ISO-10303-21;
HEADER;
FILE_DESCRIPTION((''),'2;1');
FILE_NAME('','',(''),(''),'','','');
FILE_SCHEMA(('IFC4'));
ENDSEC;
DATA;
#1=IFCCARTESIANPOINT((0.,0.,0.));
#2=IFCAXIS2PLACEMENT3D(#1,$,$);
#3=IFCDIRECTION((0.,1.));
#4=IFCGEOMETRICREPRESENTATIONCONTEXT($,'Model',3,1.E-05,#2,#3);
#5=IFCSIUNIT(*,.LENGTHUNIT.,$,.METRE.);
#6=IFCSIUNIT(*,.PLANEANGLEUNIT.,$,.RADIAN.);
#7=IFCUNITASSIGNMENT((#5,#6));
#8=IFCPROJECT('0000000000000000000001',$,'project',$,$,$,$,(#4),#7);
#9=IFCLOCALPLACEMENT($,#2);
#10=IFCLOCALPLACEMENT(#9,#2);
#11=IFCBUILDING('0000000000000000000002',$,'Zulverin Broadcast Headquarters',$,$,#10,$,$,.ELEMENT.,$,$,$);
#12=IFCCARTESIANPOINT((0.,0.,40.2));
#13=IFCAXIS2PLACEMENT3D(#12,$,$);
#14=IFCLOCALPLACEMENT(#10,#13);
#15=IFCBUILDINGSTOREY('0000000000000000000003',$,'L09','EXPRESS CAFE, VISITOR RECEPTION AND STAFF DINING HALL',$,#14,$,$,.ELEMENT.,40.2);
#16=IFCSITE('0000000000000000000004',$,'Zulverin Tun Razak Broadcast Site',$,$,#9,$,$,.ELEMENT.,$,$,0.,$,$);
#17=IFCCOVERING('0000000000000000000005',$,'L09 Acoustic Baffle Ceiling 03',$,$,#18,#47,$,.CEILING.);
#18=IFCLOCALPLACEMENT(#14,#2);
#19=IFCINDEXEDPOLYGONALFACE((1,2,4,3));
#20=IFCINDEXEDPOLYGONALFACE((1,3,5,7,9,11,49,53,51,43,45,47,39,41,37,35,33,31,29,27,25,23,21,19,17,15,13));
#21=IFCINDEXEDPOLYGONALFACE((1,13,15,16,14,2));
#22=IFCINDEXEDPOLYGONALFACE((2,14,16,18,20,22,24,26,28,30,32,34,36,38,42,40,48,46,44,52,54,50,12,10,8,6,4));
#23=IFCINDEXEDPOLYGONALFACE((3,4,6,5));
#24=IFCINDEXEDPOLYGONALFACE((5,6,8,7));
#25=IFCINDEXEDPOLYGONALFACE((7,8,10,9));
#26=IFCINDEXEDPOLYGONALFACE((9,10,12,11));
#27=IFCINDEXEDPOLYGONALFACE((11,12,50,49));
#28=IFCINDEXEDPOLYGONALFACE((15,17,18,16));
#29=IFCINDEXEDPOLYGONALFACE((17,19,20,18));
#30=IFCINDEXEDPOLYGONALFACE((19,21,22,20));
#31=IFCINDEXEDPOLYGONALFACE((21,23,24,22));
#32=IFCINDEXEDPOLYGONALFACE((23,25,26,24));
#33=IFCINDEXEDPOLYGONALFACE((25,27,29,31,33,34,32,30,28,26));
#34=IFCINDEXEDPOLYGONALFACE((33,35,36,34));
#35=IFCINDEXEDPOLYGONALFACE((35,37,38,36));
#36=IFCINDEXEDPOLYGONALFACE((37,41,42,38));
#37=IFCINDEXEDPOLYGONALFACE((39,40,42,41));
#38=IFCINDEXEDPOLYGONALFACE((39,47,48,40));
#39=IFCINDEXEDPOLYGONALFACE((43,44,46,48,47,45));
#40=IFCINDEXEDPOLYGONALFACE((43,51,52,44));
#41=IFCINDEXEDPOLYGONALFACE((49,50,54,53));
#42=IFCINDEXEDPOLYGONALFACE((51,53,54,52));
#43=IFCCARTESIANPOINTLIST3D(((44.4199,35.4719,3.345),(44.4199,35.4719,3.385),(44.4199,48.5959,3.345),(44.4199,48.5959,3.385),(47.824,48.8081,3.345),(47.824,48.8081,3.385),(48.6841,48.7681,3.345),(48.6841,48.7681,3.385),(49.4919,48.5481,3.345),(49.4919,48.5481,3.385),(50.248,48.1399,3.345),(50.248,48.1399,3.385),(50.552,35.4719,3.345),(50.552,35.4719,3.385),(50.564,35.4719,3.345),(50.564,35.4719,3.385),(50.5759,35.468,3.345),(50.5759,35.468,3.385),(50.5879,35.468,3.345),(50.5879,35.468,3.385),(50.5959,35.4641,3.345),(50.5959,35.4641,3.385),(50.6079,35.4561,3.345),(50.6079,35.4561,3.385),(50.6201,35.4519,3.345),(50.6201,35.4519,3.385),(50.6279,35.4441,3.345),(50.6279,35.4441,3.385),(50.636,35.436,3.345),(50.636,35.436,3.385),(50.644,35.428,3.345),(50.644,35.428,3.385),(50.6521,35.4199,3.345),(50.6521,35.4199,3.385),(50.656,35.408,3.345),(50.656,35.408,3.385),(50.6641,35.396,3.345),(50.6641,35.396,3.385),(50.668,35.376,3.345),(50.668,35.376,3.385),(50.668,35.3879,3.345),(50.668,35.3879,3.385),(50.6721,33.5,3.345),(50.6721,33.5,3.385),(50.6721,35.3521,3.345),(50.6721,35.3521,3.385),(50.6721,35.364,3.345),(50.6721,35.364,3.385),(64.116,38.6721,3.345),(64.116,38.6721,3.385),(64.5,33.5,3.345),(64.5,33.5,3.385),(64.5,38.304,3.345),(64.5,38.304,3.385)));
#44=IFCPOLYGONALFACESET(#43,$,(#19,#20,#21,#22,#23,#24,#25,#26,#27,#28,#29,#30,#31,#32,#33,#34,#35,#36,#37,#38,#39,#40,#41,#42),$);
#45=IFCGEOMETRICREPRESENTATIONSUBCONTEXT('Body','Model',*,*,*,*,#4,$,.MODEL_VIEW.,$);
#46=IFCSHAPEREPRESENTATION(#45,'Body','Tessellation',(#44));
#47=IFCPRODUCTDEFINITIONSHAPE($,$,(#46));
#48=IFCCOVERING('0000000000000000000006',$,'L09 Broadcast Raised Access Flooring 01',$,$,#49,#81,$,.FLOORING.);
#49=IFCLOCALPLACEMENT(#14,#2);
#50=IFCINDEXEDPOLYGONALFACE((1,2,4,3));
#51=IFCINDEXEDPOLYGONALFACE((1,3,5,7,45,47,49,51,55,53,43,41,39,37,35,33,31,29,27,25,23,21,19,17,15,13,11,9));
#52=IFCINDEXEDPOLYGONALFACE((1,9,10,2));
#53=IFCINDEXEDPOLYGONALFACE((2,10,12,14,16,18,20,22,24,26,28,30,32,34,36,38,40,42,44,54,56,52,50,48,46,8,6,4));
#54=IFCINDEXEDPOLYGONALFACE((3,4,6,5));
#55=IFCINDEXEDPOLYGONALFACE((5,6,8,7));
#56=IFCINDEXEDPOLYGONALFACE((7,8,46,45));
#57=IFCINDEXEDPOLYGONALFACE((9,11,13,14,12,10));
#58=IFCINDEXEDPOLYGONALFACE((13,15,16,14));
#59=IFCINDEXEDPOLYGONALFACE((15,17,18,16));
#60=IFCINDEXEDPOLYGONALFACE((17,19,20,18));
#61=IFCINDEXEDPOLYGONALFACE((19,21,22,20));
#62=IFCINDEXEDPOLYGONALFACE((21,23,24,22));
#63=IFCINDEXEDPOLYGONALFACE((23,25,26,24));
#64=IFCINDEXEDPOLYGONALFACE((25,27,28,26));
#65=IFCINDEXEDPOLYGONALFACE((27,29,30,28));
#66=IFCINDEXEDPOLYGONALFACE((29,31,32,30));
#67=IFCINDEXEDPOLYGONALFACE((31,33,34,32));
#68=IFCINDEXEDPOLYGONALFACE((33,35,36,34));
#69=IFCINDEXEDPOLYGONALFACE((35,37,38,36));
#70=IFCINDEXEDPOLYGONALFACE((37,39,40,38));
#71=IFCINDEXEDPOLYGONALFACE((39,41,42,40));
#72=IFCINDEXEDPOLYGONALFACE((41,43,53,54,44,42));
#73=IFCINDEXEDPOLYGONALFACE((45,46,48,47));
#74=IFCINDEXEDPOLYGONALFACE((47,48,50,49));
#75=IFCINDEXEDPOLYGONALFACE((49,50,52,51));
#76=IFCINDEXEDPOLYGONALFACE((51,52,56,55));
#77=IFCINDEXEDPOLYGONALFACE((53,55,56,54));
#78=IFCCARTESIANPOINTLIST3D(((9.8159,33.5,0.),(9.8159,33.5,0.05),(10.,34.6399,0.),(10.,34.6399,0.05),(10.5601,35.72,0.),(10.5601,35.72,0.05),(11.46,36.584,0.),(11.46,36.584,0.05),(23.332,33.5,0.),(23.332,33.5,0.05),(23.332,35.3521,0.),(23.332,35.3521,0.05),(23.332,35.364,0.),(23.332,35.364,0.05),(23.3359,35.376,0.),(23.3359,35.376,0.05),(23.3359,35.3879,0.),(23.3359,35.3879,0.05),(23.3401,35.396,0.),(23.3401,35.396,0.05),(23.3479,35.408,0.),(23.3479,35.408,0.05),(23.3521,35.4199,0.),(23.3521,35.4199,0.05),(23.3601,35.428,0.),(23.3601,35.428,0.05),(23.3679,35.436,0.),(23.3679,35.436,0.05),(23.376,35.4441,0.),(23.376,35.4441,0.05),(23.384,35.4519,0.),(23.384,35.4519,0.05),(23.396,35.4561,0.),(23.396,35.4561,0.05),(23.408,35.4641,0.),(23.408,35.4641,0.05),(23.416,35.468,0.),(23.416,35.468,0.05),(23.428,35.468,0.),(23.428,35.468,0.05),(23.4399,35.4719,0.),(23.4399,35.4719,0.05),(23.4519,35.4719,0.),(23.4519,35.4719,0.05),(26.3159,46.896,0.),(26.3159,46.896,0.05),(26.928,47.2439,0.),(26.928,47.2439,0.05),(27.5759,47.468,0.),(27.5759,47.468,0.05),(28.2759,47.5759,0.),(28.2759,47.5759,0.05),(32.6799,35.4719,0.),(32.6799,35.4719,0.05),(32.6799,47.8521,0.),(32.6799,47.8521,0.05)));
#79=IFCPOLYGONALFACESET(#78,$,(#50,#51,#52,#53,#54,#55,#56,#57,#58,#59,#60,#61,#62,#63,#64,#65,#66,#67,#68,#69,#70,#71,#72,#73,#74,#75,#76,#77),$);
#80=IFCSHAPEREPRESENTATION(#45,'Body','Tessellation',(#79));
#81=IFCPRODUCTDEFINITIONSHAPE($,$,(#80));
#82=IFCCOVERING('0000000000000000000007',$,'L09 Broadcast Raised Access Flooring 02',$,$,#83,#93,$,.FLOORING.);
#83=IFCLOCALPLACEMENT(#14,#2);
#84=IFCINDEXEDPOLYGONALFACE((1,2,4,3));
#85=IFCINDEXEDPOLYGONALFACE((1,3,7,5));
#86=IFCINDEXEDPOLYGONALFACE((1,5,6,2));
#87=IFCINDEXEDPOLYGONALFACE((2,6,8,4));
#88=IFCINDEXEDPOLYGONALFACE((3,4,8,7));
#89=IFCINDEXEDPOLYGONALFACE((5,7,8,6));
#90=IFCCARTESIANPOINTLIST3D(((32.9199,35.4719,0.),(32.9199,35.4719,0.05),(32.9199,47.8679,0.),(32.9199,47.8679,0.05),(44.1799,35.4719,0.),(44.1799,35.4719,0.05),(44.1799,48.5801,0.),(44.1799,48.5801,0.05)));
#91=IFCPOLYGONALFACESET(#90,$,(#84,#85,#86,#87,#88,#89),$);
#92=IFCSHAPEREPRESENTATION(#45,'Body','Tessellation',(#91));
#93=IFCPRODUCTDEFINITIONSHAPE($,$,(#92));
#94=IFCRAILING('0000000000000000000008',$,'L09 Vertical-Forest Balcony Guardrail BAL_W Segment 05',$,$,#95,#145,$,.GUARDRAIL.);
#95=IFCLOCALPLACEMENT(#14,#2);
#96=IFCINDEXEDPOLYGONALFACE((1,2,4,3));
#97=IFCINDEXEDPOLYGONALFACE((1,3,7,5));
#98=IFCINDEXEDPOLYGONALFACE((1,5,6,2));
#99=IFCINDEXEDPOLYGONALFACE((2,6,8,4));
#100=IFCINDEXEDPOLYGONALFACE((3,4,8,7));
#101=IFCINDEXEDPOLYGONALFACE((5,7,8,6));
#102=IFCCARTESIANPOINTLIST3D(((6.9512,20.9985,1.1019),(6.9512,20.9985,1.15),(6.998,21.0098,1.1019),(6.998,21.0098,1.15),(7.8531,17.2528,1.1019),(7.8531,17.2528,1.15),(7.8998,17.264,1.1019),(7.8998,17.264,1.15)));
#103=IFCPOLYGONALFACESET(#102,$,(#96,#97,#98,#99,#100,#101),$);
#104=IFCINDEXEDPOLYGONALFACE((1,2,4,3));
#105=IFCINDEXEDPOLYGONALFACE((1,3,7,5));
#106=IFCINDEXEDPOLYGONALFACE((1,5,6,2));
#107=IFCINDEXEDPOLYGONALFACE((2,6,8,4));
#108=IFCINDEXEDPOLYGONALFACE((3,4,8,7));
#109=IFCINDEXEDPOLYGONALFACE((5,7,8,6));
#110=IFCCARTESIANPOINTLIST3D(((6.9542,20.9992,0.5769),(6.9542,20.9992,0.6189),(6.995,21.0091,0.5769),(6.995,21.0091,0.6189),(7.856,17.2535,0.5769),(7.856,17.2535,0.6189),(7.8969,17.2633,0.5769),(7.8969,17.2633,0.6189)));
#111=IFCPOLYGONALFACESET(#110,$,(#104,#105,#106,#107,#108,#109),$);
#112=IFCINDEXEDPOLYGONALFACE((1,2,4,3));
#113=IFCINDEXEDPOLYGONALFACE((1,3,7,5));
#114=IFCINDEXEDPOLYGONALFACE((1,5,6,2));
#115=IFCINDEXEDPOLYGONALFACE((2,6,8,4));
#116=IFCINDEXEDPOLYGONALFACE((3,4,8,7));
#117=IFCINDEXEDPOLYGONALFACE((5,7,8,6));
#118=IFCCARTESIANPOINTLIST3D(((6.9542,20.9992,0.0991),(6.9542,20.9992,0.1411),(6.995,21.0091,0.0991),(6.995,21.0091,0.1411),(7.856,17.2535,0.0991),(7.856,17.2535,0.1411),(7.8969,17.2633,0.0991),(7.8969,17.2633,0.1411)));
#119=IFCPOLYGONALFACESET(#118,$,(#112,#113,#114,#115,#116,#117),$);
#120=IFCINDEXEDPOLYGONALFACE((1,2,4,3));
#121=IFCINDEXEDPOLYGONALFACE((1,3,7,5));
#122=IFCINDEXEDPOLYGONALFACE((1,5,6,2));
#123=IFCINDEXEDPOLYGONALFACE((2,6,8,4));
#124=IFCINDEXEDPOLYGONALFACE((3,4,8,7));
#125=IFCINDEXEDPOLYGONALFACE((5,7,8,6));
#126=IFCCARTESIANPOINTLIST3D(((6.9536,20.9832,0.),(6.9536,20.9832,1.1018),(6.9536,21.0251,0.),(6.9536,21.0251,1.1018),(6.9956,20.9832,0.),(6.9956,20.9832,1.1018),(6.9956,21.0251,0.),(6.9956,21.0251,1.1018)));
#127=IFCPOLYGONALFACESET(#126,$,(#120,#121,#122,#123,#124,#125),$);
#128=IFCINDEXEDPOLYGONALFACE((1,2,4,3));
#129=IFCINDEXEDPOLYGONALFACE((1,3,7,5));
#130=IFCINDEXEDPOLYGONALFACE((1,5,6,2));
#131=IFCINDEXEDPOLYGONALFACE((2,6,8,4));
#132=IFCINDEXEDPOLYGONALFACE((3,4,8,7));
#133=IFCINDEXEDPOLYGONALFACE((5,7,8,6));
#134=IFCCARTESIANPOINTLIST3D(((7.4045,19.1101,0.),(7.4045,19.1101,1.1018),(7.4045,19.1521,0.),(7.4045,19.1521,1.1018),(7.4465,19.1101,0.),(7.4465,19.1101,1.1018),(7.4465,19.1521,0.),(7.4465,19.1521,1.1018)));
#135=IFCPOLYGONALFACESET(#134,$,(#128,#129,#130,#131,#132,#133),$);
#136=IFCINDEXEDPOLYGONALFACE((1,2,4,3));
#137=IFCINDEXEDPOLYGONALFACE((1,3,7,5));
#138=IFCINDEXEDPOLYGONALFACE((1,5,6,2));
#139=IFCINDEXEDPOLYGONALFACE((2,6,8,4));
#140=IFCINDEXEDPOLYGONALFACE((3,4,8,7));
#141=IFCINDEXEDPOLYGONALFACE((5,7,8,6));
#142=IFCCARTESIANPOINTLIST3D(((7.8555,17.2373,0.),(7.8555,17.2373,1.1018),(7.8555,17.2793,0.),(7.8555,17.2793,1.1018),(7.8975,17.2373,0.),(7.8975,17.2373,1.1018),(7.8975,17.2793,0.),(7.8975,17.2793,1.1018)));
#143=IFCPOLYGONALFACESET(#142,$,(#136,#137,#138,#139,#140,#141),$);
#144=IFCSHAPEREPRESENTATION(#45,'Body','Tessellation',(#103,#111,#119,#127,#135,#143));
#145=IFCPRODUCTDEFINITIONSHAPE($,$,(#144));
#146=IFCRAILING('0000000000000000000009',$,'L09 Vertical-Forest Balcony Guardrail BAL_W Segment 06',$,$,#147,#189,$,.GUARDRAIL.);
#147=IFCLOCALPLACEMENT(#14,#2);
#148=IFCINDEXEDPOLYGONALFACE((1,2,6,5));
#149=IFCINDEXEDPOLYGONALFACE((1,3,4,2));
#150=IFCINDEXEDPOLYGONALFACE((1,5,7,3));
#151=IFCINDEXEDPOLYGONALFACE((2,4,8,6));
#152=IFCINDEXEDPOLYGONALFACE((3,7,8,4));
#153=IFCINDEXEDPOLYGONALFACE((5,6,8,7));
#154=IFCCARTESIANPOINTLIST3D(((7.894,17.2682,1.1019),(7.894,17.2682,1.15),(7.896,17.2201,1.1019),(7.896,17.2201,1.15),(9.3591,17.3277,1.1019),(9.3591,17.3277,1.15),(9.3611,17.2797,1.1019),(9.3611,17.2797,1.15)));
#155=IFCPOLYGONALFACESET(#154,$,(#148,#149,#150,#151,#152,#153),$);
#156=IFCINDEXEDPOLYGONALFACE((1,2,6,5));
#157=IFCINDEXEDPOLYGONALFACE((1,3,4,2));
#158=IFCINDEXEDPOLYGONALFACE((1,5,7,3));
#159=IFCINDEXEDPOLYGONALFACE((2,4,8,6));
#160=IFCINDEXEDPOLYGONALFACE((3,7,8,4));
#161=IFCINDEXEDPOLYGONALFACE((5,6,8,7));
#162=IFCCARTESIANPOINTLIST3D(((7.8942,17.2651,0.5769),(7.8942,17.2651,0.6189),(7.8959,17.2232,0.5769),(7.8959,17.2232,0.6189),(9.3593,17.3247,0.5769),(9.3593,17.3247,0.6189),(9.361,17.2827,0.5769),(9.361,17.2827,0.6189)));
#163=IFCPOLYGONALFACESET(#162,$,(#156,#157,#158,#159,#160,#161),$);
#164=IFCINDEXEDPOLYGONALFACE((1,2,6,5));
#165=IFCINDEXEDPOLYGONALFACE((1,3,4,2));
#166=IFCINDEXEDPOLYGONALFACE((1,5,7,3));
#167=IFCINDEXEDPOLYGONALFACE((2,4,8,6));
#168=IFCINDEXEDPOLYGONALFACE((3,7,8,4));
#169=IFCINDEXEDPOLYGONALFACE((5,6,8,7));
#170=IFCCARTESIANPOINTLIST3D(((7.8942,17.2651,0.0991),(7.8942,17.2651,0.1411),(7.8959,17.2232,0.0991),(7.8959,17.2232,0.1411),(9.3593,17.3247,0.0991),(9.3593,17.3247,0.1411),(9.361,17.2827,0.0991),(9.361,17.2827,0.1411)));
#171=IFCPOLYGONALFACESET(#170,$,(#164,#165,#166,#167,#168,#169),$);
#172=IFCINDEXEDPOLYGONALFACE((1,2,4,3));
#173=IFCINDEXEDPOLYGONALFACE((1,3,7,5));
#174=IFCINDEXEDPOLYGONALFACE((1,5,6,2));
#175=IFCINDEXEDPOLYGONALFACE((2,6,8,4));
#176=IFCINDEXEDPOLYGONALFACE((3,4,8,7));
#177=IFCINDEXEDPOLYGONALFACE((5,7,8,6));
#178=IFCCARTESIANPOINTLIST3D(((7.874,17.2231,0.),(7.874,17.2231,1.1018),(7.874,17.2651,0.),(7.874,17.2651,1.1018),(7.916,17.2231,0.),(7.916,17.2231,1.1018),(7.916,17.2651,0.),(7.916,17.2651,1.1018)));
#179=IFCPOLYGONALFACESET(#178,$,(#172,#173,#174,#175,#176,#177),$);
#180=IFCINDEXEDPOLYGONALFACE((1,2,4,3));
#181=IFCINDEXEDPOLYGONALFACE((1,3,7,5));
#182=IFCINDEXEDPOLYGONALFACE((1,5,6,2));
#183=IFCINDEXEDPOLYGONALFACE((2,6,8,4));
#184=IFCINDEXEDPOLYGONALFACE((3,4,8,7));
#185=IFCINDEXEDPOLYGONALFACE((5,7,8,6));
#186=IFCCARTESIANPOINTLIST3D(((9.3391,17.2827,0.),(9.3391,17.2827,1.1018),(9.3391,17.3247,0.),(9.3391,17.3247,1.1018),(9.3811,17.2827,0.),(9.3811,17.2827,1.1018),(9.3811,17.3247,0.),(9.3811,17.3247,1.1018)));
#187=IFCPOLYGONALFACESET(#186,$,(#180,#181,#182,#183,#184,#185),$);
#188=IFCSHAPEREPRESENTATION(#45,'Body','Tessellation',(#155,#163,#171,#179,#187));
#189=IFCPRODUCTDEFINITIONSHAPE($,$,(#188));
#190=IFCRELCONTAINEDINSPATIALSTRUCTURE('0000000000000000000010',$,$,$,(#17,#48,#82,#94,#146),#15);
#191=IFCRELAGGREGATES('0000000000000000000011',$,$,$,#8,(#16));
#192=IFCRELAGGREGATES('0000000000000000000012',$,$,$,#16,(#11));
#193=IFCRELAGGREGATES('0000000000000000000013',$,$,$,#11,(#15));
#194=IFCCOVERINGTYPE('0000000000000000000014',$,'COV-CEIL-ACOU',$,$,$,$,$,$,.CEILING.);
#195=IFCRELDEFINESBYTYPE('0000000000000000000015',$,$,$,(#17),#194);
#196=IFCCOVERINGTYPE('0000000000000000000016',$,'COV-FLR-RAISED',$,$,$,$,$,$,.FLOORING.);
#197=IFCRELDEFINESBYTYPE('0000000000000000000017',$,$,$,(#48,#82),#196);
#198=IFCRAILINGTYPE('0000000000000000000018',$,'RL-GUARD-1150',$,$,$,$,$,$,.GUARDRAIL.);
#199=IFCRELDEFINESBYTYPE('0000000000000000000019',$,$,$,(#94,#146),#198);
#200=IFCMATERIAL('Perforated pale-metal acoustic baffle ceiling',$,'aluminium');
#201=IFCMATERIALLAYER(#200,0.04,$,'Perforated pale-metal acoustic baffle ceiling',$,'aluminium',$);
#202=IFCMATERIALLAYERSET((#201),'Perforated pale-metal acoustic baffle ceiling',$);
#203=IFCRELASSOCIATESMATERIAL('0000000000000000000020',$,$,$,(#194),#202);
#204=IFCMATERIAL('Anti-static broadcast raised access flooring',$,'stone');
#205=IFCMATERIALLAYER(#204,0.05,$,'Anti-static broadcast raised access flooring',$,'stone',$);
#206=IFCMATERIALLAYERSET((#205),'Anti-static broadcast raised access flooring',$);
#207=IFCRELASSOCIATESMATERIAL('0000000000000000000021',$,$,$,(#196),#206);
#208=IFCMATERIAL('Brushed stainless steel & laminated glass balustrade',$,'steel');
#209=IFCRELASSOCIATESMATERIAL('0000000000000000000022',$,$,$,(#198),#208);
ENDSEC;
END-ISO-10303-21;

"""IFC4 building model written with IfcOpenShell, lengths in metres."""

from ifc_helpers import new_model, si_unit, direction, frame, origin, origin_2d, place, context, subcontext, project, spatial, polyline, rectangle, outline, extrude, material, layer, layer_set, type_object, element, save


model = new_model("IFC4")

# Units and contexts
model_context = context("Model", 3, precision=1e-05, world=origin(), true_north=direction((0.0, 1.0)))
body_context = subcontext(model_context, "Body", "Model", "MODEL_VIEW")
ifc_project = project(units=[si_unit("LENGTHUNIT", "METRE"), si_unit("PLANEANGLEUNIT", "RADIAN")], contexts=[model_context])

# Site, building, storey
site_placement = place(None, origin())
site = spatial("IfcSite", under=ifc_project, at=site_placement, Name="Zulverin Tun Razak Broadcast Site", CompositionType="ELEMENT", RefElevation=0.0)
building_placement = place(site_placement, origin())
building = spatial("IfcBuilding", under=site, at=building_placement, Name="Zulverin Broadcast Headquarters", CompositionType="ELEMENT")
storey_placement = place(building_placement, frame((0.0, 0.0, 40.2)))
storey = spatial("IfcBuildingStorey", under=building, at=storey_placement, Name="L09", Description="EXPRESS CAFE, VISITOR RECEPTION AND STAFF DINING HALL", CompositionType="ELEMENT", Elevation=40.2)

# Coverings
ifc_material_1 = material(Name="Perforated pale-metal acoustic baffle ceiling", Category="aluminium")
ifc_layer_1 = layer(ifc_material_1, 0.04, Name="Perforated pale-metal acoustic baffle ceiling", Category="aluminium")
ifc_layer_set_1 = layer_set([ifc_layer_1], Name="Perforated pale-metal acoustic baffle ceiling")
covering_type_1 = type_object("IfcCoveringType", Name="COV-CEIL-ACOU", PredefinedType="CEILING", material=ifc_layer_set_1)
covering_1_placement = place(storey_placement, frame((0.0, 0.0, 3.345)))
element("IfcCovering", 1, at=covering_1_placement, inside=storey, type_object=covering_type_1, Name="L09 Acoustic Baffle Ceiling 03", PredefinedType="CEILING", context=body_context, shape_type="SweptSolid", body=[
    extrude(outline(polyline([(64.5, 38.304), (64.116, 38.6721), (50.248, 48.1399), (49.4919, 48.5481), (48.6841, 48.7681), (47.824, 48.8081), (44.4199, 48.5959), (44.4199, 35.4719), (50.552, 35.4719), (50.564, 35.4719), (50.5759, 35.468), (50.5879, 35.468), (50.5959, 35.4641), (50.6079, 35.4561), (50.6201, 35.4519), (50.6279, 35.4441), (50.636, 35.436), (50.644, 35.428), (50.6521, 35.4199), (50.656, 35.408), (50.6641, 35.396), (50.668, 35.3879), (50.668, 35.376), (50.6721, 35.364), (50.6721, 35.3521), (50.6721, 33.5), (64.5, 33.5), (64.5, 38.304)])), origin(), (0.0, 0.0, 1.0), 0.04),
])
ifc_material_2 = material(Name="Anti-static broadcast raised access flooring", Category="stone")
ifc_layer_2 = layer(ifc_material_2, 0.05, Name="Anti-static broadcast raised access flooring", Category="stone")
ifc_layer_set_2 = layer_set([ifc_layer_2], Name="Anti-static broadcast raised access flooring")
covering_type_2 = type_object("IfcCoveringType", Name="COV-FLR-RAISED", PredefinedType="FLOORING", material=ifc_layer_set_2)
covering_2_placement = place(storey_placement, origin())
element("IfcCovering", 2, at=covering_2_placement, inside=storey, type_object=covering_type_2, Name="L09 Broadcast Raised Access Flooring 01", PredefinedType="FLOORING", context=body_context, shape_type="SweptSolid", body=[
    extrude(outline(polyline([(11.46, 36.584), (10.5601, 35.72), (10.0, 34.6399), (9.8159, 33.5), (23.332, 33.5), (23.332, 35.3521), (23.332, 35.364), (23.3359, 35.376), (23.3359, 35.3879), (23.3401, 35.396), (23.3479, 35.408), (23.3521, 35.4199), (23.3601, 35.428), (23.3679, 35.436), (23.376, 35.4441), (23.384, 35.4519), (23.396, 35.4561), (23.408, 35.4641), (23.416, 35.468), (23.428, 35.468), (23.4399, 35.4719), (23.4519, 35.4719), (32.6799, 35.4719), (32.6799, 47.8521), (28.2759, 47.5759), (27.5759, 47.468), (26.928, 47.2439), (26.3159, 46.896), (11.46, 36.584)])), origin(), (0.0, 0.0, 1.0), 0.05),
])
covering_3_placement = place(storey_placement, origin())
element("IfcCovering", 3, at=covering_3_placement, inside=storey, type_object=covering_type_2, Name="L09 Broadcast Raised Access Flooring 02", PredefinedType="FLOORING", context=body_context, shape_type="SweptSolid", body=[
    extrude(outline(polyline([(44.1799, 35.4719), (44.1799, 48.5801), (32.9199, 47.8679), (32.9199, 35.4719), (44.1799, 35.4719)])), origin(), (0.0, 0.0, 1.0), 0.05),
])

# Railings
ifc_material_3 = material(Name="Brushed stainless steel & laminated glass balustrade", Category="steel")
railing_type = type_object("IfcRailingType", Name="RL-GUARD-1150", PredefinedType="GUARDRAIL", material=ifc_material_3)
railing_1_placement = place(storey_placement, frame((6.9746, 21.0042, 0.0)))
element("IfcRailing", 4, at=railing_1_placement, inside=storey, type_object=railing_type, Name="L09 Vertical-Forest Balcony Guardrail BAL_W Segment 05", PredefinedType="GUARDRAIL", context=body_context, shape_type="SweptSolid", body=[
    extrude(rectangle(XDim=0.0481, YDim=0.0481, at=origin_2d()), frame((0.0, 0.0, 1.126), z_axis=(0.234073, -0.972219, 0.0), x_axis=(0.972219, 0.234073, 0.0)), (0.0, 0.0, 1.0), 3.8528),
    extrude(rectangle(XDim=0.042, YDim=0.042, at=origin_2d()), frame((0.0, 0.0, 0.5979), z_axis=(0.234073, -0.972219, 0.0), x_axis=(0.972219, 0.234073, 0.0)), (0.0, 0.0, 1.0), 3.8528),
    extrude(rectangle(XDim=0.042, YDim=0.042, at=origin_2d()), frame((0.0, 0.0, 0.1201), z_axis=(0.234073, -0.972219, 0.0), x_axis=(0.972219, 0.234073, 0.0)), (0.0, 0.0, 1.0), 3.8528),
    extrude(rectangle(XDim=0.042, YDim=0.042, at=origin_2d()), origin(), (0.0, 0.0, 1.0), 1.1018),
    extrude(rectangle(XDim=0.042, YDim=0.042, at=origin_2d()), frame((0.4509, -1.873, 0.0)), (0.0, 0.0, 1.0), 1.1018),
    extrude(rectangle(XDim=0.042, YDim=0.042, at=origin_2d()), frame((0.9019, -3.7458, 0.0)), (0.0, 0.0, 1.0), 1.1018),
])
railing_2_placement = place(storey_placement, frame((7.895, 17.2441, 0.0)))
element("IfcRailing", 5, at=railing_2_placement, inside=storey, type_object=railing_type, Name="L09 Vertical-Forest Balcony Guardrail BAL_W Segment 06", PredefinedType="GUARDRAIL", context=body_context, shape_type="SweptSolid", body=[
    extrude(rectangle(XDim=0.0481, YDim=0.0481, at=origin_2d()), frame((0.0, 0.0, 1.126), z_axis=(0.999174, 0.040626, 0.0), x_axis=(-0.040626, 0.999174, 0.0)), (0.0, 0.0, 1.0), 1.4663),
    extrude(rectangle(XDim=0.042, YDim=0.042, at=origin_2d()), frame((0.0, 0.0, 0.5979), z_axis=(0.999174, 0.040626, 0.0), x_axis=(-0.040626, 0.999174, 0.0)), (0.0, 0.0, 1.0), 1.4663),
    extrude(rectangle(XDim=0.042, YDim=0.042, at=origin_2d()), frame((0.0, 0.0, 0.1201), z_axis=(0.999174, 0.040626, 0.0), x_axis=(-0.040626, 0.999174, 0.0)), (0.0, 0.0, 1.0), 1.4663),
    extrude(rectangle(XDim=0.042, YDim=0.042, at=origin_2d()), origin(), (0.0, 0.0, 1.0), 1.1018),
    extrude(rectangle(XDim=0.042, YDim=0.042, at=origin_2d()), frame((1.4651, 0.0596, 0.0)), (0.0, 0.0, 1.0), 1.1018),
])

save(model, "model.ifc")
